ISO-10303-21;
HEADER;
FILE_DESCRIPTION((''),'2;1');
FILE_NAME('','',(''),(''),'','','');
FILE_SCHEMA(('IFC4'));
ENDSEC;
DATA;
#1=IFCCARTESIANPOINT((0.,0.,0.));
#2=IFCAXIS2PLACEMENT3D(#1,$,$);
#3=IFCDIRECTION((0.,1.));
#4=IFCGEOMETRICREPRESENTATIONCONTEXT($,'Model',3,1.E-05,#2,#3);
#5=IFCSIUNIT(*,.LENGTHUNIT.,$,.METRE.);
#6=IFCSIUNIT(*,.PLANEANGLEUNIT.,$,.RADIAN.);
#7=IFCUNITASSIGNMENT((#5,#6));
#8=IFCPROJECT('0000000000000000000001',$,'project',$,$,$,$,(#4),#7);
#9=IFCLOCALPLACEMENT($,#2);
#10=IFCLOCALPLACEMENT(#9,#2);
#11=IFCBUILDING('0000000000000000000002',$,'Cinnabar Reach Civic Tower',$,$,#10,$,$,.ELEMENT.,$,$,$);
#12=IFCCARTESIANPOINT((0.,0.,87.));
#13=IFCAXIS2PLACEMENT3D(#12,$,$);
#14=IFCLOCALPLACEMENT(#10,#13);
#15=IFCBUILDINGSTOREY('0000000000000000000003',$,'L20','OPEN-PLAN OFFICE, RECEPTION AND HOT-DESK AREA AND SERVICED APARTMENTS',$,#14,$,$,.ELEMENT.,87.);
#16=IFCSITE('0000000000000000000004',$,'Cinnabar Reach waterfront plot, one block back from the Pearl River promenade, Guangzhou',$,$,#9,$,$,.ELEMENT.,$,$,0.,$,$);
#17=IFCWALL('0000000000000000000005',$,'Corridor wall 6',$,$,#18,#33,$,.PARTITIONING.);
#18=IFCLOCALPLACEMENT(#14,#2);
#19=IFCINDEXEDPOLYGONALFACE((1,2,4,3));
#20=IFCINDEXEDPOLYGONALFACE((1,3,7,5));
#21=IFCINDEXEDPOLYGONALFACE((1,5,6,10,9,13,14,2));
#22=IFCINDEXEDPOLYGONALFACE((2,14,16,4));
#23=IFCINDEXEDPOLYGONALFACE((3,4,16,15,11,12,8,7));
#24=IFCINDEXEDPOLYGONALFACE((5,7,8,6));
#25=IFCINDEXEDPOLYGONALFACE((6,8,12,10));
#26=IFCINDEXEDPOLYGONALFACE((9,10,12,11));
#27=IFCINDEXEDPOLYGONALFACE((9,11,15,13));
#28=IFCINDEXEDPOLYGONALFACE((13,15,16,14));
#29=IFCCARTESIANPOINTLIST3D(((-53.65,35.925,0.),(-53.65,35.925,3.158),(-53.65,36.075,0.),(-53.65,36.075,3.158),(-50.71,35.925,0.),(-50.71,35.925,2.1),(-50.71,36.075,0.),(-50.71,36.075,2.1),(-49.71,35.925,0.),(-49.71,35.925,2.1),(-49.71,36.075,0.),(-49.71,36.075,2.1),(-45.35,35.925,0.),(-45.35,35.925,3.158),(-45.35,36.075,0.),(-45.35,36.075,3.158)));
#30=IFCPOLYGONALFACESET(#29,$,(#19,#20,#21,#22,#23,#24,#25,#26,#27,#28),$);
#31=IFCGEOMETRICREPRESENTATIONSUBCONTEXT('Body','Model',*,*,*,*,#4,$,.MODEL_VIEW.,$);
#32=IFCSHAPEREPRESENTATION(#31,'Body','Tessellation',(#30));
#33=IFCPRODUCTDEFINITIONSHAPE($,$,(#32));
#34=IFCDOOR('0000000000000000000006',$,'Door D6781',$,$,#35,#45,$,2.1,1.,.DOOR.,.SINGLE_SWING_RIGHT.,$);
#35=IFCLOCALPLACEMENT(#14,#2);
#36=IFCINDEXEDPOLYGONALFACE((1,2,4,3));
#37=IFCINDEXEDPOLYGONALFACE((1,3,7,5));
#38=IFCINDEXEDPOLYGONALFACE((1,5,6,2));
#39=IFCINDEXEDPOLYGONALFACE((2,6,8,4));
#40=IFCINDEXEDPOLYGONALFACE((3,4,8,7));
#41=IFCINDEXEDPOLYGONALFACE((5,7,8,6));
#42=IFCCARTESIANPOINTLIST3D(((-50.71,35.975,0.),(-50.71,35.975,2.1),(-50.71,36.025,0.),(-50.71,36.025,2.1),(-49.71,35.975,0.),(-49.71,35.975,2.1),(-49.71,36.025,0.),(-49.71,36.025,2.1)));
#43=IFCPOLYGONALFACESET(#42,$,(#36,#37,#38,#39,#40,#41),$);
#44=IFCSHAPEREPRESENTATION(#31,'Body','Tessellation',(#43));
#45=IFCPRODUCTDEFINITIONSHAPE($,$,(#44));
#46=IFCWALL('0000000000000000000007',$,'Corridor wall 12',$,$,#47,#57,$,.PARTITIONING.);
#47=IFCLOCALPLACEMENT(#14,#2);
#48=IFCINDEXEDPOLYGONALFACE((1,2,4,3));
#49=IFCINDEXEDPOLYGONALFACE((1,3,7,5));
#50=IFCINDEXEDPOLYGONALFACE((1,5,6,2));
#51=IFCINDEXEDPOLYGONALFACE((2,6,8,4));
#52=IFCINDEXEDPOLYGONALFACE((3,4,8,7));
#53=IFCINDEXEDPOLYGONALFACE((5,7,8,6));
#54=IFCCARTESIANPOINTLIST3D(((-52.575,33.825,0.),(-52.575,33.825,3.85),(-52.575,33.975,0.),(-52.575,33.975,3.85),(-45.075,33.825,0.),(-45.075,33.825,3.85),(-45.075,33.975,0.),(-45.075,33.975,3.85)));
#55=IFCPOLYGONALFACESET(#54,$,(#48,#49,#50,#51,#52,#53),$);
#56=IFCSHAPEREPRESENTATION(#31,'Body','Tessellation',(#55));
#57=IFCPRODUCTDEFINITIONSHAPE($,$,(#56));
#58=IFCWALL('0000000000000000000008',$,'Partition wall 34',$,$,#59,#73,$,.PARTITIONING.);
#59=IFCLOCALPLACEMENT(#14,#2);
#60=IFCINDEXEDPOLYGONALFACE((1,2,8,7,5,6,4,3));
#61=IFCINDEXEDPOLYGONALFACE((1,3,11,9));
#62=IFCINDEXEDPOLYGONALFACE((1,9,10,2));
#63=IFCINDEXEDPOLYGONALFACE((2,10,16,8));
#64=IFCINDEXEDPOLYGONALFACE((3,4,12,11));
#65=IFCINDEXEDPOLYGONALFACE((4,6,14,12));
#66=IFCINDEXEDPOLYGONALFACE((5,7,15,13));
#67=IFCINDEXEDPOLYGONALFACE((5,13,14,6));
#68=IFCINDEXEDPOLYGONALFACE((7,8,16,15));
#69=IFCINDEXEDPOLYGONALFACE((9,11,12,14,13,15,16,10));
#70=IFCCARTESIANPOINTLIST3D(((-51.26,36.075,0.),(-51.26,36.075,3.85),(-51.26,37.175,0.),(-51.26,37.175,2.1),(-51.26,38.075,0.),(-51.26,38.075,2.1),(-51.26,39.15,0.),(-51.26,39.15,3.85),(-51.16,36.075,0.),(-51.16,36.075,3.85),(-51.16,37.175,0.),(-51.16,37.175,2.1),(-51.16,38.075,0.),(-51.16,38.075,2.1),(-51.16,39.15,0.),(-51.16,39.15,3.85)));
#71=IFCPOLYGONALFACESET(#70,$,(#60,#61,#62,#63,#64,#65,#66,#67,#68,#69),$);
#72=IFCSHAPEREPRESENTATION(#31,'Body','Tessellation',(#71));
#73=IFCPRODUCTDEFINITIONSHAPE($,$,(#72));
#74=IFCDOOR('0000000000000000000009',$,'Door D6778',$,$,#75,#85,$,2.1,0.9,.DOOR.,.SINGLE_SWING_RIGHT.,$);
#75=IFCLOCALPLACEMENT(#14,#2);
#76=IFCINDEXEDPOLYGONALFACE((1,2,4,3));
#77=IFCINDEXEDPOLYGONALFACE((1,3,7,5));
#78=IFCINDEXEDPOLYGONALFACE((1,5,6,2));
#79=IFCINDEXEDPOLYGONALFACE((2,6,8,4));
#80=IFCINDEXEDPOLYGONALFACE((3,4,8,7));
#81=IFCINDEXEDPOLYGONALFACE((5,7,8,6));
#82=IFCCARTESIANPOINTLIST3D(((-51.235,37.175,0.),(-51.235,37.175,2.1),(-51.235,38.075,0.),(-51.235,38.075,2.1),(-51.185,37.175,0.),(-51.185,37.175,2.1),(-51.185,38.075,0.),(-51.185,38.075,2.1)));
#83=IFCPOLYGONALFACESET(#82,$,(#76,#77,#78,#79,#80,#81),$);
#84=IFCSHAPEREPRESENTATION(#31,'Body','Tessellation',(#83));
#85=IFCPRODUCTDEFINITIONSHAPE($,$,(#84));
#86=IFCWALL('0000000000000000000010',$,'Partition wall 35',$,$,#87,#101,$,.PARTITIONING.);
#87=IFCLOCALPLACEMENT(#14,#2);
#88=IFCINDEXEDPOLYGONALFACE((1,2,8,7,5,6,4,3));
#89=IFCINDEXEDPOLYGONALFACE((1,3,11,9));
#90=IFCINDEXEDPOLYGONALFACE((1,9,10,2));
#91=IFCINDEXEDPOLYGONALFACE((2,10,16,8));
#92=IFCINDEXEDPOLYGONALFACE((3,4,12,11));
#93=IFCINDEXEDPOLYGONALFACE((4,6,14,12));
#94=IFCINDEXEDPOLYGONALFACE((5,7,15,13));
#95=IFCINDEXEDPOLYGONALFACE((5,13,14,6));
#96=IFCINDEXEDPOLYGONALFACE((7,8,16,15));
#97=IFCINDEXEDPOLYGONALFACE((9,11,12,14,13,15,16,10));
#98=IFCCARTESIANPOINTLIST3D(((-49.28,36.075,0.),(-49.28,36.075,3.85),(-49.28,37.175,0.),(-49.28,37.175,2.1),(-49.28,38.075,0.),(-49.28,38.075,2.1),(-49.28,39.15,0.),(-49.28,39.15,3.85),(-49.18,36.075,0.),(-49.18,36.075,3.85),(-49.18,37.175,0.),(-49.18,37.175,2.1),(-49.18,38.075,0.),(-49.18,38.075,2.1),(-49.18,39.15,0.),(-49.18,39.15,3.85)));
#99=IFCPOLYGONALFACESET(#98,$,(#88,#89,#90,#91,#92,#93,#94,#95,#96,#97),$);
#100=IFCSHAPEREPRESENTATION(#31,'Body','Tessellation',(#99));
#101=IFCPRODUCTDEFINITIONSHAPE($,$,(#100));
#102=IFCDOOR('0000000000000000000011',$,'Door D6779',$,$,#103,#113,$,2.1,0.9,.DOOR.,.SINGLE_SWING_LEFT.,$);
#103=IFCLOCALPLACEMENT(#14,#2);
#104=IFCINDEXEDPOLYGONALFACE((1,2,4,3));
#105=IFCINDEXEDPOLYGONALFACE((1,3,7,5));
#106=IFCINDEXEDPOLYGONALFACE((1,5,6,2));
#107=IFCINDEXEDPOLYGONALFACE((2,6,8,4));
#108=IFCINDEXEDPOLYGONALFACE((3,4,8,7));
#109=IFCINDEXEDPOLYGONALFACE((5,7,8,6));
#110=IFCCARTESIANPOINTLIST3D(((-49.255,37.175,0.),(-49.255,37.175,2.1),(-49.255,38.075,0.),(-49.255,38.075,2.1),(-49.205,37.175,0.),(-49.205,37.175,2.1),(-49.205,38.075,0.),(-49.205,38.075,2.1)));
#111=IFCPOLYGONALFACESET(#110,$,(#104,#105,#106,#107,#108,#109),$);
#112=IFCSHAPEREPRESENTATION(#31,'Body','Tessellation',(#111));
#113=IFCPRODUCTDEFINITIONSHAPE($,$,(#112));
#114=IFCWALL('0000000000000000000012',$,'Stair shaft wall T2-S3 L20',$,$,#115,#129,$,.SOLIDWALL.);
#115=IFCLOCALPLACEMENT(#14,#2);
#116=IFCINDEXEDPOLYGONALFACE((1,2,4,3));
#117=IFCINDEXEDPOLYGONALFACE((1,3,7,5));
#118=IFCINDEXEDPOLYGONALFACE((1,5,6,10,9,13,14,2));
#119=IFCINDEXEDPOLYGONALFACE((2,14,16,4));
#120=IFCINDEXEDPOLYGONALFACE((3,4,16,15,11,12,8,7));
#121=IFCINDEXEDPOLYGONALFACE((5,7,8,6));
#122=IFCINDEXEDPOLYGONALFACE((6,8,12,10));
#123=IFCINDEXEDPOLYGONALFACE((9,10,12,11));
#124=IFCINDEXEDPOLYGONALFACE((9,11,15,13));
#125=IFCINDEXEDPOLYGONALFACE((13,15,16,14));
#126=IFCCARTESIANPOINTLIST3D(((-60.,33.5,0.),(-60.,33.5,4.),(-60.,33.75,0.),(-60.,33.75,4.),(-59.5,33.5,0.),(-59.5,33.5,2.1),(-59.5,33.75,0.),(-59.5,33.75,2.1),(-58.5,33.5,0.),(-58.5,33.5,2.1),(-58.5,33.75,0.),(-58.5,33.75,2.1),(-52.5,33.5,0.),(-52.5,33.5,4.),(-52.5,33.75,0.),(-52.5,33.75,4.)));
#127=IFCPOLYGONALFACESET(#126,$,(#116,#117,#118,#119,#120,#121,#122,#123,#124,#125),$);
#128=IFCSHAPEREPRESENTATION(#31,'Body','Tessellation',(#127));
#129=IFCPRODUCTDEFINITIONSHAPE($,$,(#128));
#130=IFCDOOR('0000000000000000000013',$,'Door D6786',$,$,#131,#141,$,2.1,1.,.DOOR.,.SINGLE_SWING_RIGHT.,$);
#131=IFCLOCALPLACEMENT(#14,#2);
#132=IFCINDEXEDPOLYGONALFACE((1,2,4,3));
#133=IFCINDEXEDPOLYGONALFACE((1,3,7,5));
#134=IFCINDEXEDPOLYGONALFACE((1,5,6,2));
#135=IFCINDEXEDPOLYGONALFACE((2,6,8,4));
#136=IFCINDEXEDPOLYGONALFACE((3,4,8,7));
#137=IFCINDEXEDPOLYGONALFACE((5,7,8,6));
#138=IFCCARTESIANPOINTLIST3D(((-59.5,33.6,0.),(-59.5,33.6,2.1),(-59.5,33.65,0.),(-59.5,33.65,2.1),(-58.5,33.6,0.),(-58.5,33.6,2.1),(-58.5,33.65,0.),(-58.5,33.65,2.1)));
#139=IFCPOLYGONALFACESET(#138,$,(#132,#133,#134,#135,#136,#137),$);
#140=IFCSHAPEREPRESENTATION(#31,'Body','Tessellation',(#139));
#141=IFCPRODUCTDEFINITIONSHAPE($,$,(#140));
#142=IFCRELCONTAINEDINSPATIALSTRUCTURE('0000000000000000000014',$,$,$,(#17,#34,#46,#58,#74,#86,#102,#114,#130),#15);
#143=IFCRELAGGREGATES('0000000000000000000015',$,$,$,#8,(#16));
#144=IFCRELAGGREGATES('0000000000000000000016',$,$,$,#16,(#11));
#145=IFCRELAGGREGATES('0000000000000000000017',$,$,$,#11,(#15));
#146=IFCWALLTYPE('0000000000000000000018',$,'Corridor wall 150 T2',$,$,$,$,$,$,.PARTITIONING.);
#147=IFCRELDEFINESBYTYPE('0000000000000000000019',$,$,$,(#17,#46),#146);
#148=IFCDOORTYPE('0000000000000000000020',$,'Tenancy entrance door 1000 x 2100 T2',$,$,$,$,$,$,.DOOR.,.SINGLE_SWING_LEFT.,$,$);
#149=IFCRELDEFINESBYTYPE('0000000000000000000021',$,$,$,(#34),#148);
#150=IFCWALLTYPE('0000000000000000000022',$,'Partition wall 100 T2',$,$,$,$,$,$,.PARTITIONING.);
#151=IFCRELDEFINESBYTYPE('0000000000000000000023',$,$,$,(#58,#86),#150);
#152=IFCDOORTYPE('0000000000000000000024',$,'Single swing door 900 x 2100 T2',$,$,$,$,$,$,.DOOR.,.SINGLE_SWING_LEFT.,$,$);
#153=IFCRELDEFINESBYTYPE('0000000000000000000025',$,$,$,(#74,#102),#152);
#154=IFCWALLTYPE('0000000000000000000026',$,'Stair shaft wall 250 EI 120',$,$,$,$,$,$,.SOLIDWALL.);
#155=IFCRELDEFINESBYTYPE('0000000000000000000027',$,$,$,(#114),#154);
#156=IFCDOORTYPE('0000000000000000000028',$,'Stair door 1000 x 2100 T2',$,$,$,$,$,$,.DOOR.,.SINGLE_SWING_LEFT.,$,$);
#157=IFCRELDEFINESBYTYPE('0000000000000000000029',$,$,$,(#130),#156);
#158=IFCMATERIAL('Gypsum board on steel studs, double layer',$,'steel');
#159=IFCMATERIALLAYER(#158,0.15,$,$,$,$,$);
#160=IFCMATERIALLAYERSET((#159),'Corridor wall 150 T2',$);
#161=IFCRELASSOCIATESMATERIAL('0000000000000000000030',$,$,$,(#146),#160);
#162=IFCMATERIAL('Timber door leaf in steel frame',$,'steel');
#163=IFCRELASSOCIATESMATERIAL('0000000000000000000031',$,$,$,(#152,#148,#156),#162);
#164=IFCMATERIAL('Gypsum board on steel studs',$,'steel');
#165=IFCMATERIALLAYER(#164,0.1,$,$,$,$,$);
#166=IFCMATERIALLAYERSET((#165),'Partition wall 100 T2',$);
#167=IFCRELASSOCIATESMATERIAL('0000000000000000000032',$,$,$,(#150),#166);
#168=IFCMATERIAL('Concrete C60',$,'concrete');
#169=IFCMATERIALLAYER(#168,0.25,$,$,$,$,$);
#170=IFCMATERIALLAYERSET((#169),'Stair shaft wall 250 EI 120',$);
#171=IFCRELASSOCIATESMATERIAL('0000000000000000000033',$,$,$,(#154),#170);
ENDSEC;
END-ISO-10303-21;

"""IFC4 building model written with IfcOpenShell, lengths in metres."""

from ifc_helpers import new_model, si_unit, direction, frame, frame_2d, origin, place, context, subcontext, project, spatial, rectangle, extrude, material, layer, layer_set, type_object, element, fill, save


model = new_model("IFC4")

# Units and contexts
model_context = context("Model", 3, precision=1e-05, world=origin(), true_north=direction((0.0, 1.0)))
body_context = subcontext(model_context, "Body", "Model", "MODEL_VIEW")
ifc_project = project(units=[si_unit("LENGTHUNIT", "METRE"), si_unit("PLANEANGLEUNIT", "RADIAN")], contexts=[model_context])

# Site, building, storey
site_placement = place(None, origin())
site = spatial("IfcSite", under=ifc_project, at=site_placement, Name="Cinnabar Reach waterfront plot, one block back from the Pearl River promenade, Guangzhou", CompositionType="ELEMENT", RefElevation=0.0)
building_placement = place(site_placement, origin())
building = spatial("IfcBuilding", under=site, at=building_placement, Name="Cinnabar Reach Civic Tower", CompositionType="ELEMENT")
storey_placement = place(building_placement, frame((0.0, 0.0, 87.0)))
storey = spatial("IfcBuildingStorey", under=building, at=storey_placement, Name="L20", Description="OPEN-PLAN OFFICE, RECEPTION AND HOT-DESK AREA AND SERVICED APARTMENTS", CompositionType="ELEMENT", Elevation=87.0)

# Shared definitions
ifc_material_1 = material(Name="Concrete C60", Category="concrete")

# Wall, opening, door
ifc_material_2 = material(Name="Gypsum board on steel studs, double layer", Category="steel")
ifc_layer_1 = layer(ifc_material_2, 0.15)
ifc_layer_set_1 = layer_set([ifc_layer_1], Name="Corridor wall 150 T2")
wall_type_1 = type_object("IfcWallType", Name="Corridor wall 150 T2", PredefinedType="PARTITIONING", material=ifc_layer_set_1)
ifc_material_3 = material(Name="Timber door leaf in steel frame", Category="steel")
door_type_1 = type_object("IfcDoorType", Name="Single swing door 900 x 2100 T2", OperationType="SINGLE_SWING_LEFT", PredefinedType="DOOR", material=ifc_material_3)
wall_1_placement = place(storey_placement, frame((-53.65, 36.0, 0.0), z_axis=(0.0, 0.0, 1.0), x_axis=(1.0, 0.0, 0.0)))
wall_1 = element("IfcWall", 1, at=wall_1_placement, inside=storey, type_object=wall_type_1, Name="Corridor wall 6", PredefinedType="PARTITIONING", context=body_context, shape_type="SweptSolid", body=[
    extrude(rectangle(XDim=8.3, YDim=0.15, at=frame_2d((4.15, 0.0))), origin(), (0.0, 0.0, 1.0), 3.158),
])
opening_1_placement = place(wall_1_placement, frame((2.94, 0.0, 0.0)))
opening_1 = element("IfcOpeningElement", 2, at=opening_1_placement, cuts=wall_1, PredefinedType="OPENING", context=body_context, shape_type="SweptSolid", body=[
    extrude(rectangle(XDim=1.0, YDim=2.1, at=frame_2d((0.5, 1.05))), frame((0.0, 0.085, 0.0), z_axis=(0.0, -1.0, 0.0), x_axis=(1.0, 0.0, 0.0)), (0.0, 0.0, 1.0), 0.17),
])
door_type_2 = type_object("IfcDoorType", Name="Tenancy entrance door 1000 x 2100 T2", OperationType="SINGLE_SWING_LEFT", PredefinedType="DOOR", material=ifc_material_3)
door_1_placement = place(opening_1_placement, origin())
door_1 = element("IfcDoor", 3, at=door_1_placement, inside=storey, type_object=door_type_2, Name="Door D6781", OperationType="SINGLE_SWING_RIGHT", OverallHeight=2.1, OverallWidth=1.0, PredefinedType="DOOR", context=body_context, shape_type="SweptSolid", body=[
    extrude(rectangle(XDim=1.0, YDim=2.1, at=frame_2d((0.5, 1.05))), frame((0.0, 0.025, 0.0), z_axis=(0.0, -1.0, 0.0), x_axis=(1.0, 0.0, 0.0)), (0.0, 0.0, 1.0), 0.05),
])
fill(opening_1, door_1)

# Wall
wall_2_placement = place(storey_placement, frame((-52.575, 33.9, 0.0), z_axis=(0.0, 0.0, 1.0), x_axis=(1.0, 0.0, 0.0)))
element("IfcWall", 4, at=wall_2_placement, inside=storey, type_object=wall_type_1, Name="Corridor wall 12", PredefinedType="PARTITIONING", context=body_context, shape_type="SweptSolid", body=[
    extrude(rectangle(XDim=7.5, YDim=0.15, at=frame_2d((3.75, 0.0))), origin(), (0.0, 0.0, 1.0), 3.85),
])

# Walls, openings, doors
ifc_material_4 = material(Name="Gypsum board on steel studs", Category="steel")
ifc_layer_2 = layer(ifc_material_4, 0.1)
ifc_layer_set_2 = layer_set([ifc_layer_2], Name="Partition wall 100 T2")
wall_type_2 = type_object("IfcWallType", Name="Partition wall 100 T2", PredefinedType="PARTITIONING", material=ifc_layer_set_2)
wall_3_placement = place(storey_placement, frame((-51.21, 36.075, 0.0), z_axis=(0.0, 0.0, 1.0), x_axis=(0.0, 1.0, 0.0)))
wall_3 = element("IfcWall", 5, at=wall_3_placement, inside=storey, type_object=wall_type_2, Name="Partition wall 34", PredefinedType="PARTITIONING", context=body_context, shape_type="SweptSolid", body=[
    extrude(rectangle(XDim=3.075, YDim=0.1, at=frame_2d((1.5375, 0.0))), origin(), (0.0, 0.0, 1.0), 3.85),
])
opening_2_placement = place(wall_3_placement, frame((1.1, 0.0, 0.0)))
opening_2 = element("IfcOpeningElement", 6, at=opening_2_placement, cuts=wall_3, PredefinedType="OPENING", context=body_context, shape_type="SweptSolid", body=[
    extrude(rectangle(XDim=0.9, YDim=2.1, at=frame_2d((0.45, 1.05))), frame((0.0, 0.06, 0.0), z_axis=(0.0, -1.0, 0.0), x_axis=(1.0, 0.0, 0.0)), (0.0, 0.0, 1.0), 0.12),
])
door_2_placement = place(opening_2_placement, origin())
door_2 = element("IfcDoor", 7, at=door_2_placement, inside=storey, type_object=door_type_1, Name="Door D6778", OperationType="SINGLE_SWING_RIGHT", OverallHeight=2.1, OverallWidth=0.9, PredefinedType="DOOR", context=body_context, shape_type="SweptSolid", body=[
    extrude(rectangle(XDim=0.9, YDim=2.1, at=frame_2d((0.45, 1.05))), frame((0.0, 0.025, 0.0), z_axis=(0.0, -1.0, 0.0), x_axis=(1.0, 0.0, 0.0)), (0.0, 0.0, 1.0), 0.05),
])
fill(opening_2, door_2)
wall_4_placement = place(storey_placement, frame((-49.23, 36.075, 0.0), z_axis=(0.0, 0.0, 1.0), x_axis=(0.0, 1.0, 0.0)))
wall_4 = element("IfcWall", 8, at=wall_4_placement, inside=storey, type_object=wall_type_2, Name="Partition wall 35", PredefinedType="PARTITIONING", context=body_context, shape_type="SweptSolid", body=[
    extrude(rectangle(XDim=3.075, YDim=0.1, at=frame_2d((1.5375, 0.0))), origin(), (0.0, 0.0, 1.0), 3.85),
])
opening_3_placement = place(wall_4_placement, frame((1.1, 0.0, 0.0)))
opening_3 = element("IfcOpeningElement", 9, at=opening_3_placement, cuts=wall_4, PredefinedType="OPENING", context=body_context, shape_type="SweptSolid", body=[
    extrude(rectangle(XDim=0.9, YDim=2.1, at=frame_2d((0.45, 1.05))), frame((0.0, 0.06, 0.0), z_axis=(0.0, -1.0, 0.0), x_axis=(1.0, 0.0, 0.0)), (0.0, 0.0, 1.0), 0.12),
])
door_3_placement = place(opening_3_placement, origin())
door_3 = element("IfcDoor", 10, at=door_3_placement, inside=storey, type_object=door_type_1, Name="Door D6779", OperationType="SINGLE_SWING_LEFT", OverallHeight=2.1, OverallWidth=0.9, PredefinedType="DOOR", context=body_context, shape_type="SweptSolid", body=[
    extrude(rectangle(XDim=0.9, YDim=2.1, at=frame_2d((0.45, 1.05))), frame((0.0, 0.025, 0.0), z_axis=(0.0, -1.0, 0.0), x_axis=(1.0, 0.0, 0.0)), (0.0, 0.0, 1.0), 0.05),
])
fill(opening_3, door_3)
ifc_layer_3 = layer(ifc_material_1, 0.25)
ifc_layer_set_3 = layer_set([ifc_layer_3], Name="Stair shaft wall 250 EI 120")
wall_type_3 = type_object("IfcWallType", Name="Stair shaft wall 250 EI 120", PredefinedType="SOLIDWALL", material=ifc_layer_set_3)
wall_5_placement = place(storey_placement, frame((-52.5, 33.625, 0.0), z_axis=(0.0, 0.0, 1.0), x_axis=(-1.0, 0.0, 0.0)))
wall_5 = element("IfcWall", 11, at=wall_5_placement, inside=storey, type_object=wall_type_3, Name="Stair shaft wall T2-S3 L20", PredefinedType="SOLIDWALL", context=body_context, shape_type="SweptSolid", body=[
    extrude(rectangle(XDim=7.5, YDim=0.25, at=frame_2d((3.75, 0.0))), origin(), (0.0, 0.0, 1.0), 4.0),
])
opening_4_placement = place(wall_5_placement, frame((6.0, 0.0, 0.0)))
opening_4 = element("IfcOpeningElement", 12, at=opening_4_placement, cuts=wall_5, PredefinedType="OPENING", context=body_context, shape_type="SweptSolid", body=[
    extrude(rectangle(XDim=1.0, YDim=2.1, at=frame_2d((0.5, 1.05))), frame((0.0, 0.135, 0.0), z_axis=(0.0, -1.0, 0.0), x_axis=(1.0, 0.0, 0.0)), (0.0, 0.0, 1.0), 0.27),
])
door_type_3 = type_object("IfcDoorType", Name="Stair door 1000 x 2100 T2", OperationType="SINGLE_SWING_LEFT", PredefinedType="DOOR", material=ifc_material_3)
door_4_placement = place(opening_4_placement, origin())
door_4 = element("IfcDoor", 13, at=door_4_placement, inside=storey, type_object=door_type_3, Name="Door D6786", OperationType="SINGLE_SWING_RIGHT", OverallHeight=2.1, OverallWidth=1.0, PredefinedType="DOOR", context=body_context, shape_type="SweptSolid", body=[
    extrude(rectangle(XDim=1.0, YDim=2.1, at=frame_2d((0.5, 1.05))), frame((0.0, 0.025, 0.0), z_axis=(0.0, -1.0, 0.0), x_axis=(1.0, 0.0, 0.0)), (0.0, 0.0, 1.0), 0.05),
])
fill(opening_4, door_4)

save(model, "model.ifc")
